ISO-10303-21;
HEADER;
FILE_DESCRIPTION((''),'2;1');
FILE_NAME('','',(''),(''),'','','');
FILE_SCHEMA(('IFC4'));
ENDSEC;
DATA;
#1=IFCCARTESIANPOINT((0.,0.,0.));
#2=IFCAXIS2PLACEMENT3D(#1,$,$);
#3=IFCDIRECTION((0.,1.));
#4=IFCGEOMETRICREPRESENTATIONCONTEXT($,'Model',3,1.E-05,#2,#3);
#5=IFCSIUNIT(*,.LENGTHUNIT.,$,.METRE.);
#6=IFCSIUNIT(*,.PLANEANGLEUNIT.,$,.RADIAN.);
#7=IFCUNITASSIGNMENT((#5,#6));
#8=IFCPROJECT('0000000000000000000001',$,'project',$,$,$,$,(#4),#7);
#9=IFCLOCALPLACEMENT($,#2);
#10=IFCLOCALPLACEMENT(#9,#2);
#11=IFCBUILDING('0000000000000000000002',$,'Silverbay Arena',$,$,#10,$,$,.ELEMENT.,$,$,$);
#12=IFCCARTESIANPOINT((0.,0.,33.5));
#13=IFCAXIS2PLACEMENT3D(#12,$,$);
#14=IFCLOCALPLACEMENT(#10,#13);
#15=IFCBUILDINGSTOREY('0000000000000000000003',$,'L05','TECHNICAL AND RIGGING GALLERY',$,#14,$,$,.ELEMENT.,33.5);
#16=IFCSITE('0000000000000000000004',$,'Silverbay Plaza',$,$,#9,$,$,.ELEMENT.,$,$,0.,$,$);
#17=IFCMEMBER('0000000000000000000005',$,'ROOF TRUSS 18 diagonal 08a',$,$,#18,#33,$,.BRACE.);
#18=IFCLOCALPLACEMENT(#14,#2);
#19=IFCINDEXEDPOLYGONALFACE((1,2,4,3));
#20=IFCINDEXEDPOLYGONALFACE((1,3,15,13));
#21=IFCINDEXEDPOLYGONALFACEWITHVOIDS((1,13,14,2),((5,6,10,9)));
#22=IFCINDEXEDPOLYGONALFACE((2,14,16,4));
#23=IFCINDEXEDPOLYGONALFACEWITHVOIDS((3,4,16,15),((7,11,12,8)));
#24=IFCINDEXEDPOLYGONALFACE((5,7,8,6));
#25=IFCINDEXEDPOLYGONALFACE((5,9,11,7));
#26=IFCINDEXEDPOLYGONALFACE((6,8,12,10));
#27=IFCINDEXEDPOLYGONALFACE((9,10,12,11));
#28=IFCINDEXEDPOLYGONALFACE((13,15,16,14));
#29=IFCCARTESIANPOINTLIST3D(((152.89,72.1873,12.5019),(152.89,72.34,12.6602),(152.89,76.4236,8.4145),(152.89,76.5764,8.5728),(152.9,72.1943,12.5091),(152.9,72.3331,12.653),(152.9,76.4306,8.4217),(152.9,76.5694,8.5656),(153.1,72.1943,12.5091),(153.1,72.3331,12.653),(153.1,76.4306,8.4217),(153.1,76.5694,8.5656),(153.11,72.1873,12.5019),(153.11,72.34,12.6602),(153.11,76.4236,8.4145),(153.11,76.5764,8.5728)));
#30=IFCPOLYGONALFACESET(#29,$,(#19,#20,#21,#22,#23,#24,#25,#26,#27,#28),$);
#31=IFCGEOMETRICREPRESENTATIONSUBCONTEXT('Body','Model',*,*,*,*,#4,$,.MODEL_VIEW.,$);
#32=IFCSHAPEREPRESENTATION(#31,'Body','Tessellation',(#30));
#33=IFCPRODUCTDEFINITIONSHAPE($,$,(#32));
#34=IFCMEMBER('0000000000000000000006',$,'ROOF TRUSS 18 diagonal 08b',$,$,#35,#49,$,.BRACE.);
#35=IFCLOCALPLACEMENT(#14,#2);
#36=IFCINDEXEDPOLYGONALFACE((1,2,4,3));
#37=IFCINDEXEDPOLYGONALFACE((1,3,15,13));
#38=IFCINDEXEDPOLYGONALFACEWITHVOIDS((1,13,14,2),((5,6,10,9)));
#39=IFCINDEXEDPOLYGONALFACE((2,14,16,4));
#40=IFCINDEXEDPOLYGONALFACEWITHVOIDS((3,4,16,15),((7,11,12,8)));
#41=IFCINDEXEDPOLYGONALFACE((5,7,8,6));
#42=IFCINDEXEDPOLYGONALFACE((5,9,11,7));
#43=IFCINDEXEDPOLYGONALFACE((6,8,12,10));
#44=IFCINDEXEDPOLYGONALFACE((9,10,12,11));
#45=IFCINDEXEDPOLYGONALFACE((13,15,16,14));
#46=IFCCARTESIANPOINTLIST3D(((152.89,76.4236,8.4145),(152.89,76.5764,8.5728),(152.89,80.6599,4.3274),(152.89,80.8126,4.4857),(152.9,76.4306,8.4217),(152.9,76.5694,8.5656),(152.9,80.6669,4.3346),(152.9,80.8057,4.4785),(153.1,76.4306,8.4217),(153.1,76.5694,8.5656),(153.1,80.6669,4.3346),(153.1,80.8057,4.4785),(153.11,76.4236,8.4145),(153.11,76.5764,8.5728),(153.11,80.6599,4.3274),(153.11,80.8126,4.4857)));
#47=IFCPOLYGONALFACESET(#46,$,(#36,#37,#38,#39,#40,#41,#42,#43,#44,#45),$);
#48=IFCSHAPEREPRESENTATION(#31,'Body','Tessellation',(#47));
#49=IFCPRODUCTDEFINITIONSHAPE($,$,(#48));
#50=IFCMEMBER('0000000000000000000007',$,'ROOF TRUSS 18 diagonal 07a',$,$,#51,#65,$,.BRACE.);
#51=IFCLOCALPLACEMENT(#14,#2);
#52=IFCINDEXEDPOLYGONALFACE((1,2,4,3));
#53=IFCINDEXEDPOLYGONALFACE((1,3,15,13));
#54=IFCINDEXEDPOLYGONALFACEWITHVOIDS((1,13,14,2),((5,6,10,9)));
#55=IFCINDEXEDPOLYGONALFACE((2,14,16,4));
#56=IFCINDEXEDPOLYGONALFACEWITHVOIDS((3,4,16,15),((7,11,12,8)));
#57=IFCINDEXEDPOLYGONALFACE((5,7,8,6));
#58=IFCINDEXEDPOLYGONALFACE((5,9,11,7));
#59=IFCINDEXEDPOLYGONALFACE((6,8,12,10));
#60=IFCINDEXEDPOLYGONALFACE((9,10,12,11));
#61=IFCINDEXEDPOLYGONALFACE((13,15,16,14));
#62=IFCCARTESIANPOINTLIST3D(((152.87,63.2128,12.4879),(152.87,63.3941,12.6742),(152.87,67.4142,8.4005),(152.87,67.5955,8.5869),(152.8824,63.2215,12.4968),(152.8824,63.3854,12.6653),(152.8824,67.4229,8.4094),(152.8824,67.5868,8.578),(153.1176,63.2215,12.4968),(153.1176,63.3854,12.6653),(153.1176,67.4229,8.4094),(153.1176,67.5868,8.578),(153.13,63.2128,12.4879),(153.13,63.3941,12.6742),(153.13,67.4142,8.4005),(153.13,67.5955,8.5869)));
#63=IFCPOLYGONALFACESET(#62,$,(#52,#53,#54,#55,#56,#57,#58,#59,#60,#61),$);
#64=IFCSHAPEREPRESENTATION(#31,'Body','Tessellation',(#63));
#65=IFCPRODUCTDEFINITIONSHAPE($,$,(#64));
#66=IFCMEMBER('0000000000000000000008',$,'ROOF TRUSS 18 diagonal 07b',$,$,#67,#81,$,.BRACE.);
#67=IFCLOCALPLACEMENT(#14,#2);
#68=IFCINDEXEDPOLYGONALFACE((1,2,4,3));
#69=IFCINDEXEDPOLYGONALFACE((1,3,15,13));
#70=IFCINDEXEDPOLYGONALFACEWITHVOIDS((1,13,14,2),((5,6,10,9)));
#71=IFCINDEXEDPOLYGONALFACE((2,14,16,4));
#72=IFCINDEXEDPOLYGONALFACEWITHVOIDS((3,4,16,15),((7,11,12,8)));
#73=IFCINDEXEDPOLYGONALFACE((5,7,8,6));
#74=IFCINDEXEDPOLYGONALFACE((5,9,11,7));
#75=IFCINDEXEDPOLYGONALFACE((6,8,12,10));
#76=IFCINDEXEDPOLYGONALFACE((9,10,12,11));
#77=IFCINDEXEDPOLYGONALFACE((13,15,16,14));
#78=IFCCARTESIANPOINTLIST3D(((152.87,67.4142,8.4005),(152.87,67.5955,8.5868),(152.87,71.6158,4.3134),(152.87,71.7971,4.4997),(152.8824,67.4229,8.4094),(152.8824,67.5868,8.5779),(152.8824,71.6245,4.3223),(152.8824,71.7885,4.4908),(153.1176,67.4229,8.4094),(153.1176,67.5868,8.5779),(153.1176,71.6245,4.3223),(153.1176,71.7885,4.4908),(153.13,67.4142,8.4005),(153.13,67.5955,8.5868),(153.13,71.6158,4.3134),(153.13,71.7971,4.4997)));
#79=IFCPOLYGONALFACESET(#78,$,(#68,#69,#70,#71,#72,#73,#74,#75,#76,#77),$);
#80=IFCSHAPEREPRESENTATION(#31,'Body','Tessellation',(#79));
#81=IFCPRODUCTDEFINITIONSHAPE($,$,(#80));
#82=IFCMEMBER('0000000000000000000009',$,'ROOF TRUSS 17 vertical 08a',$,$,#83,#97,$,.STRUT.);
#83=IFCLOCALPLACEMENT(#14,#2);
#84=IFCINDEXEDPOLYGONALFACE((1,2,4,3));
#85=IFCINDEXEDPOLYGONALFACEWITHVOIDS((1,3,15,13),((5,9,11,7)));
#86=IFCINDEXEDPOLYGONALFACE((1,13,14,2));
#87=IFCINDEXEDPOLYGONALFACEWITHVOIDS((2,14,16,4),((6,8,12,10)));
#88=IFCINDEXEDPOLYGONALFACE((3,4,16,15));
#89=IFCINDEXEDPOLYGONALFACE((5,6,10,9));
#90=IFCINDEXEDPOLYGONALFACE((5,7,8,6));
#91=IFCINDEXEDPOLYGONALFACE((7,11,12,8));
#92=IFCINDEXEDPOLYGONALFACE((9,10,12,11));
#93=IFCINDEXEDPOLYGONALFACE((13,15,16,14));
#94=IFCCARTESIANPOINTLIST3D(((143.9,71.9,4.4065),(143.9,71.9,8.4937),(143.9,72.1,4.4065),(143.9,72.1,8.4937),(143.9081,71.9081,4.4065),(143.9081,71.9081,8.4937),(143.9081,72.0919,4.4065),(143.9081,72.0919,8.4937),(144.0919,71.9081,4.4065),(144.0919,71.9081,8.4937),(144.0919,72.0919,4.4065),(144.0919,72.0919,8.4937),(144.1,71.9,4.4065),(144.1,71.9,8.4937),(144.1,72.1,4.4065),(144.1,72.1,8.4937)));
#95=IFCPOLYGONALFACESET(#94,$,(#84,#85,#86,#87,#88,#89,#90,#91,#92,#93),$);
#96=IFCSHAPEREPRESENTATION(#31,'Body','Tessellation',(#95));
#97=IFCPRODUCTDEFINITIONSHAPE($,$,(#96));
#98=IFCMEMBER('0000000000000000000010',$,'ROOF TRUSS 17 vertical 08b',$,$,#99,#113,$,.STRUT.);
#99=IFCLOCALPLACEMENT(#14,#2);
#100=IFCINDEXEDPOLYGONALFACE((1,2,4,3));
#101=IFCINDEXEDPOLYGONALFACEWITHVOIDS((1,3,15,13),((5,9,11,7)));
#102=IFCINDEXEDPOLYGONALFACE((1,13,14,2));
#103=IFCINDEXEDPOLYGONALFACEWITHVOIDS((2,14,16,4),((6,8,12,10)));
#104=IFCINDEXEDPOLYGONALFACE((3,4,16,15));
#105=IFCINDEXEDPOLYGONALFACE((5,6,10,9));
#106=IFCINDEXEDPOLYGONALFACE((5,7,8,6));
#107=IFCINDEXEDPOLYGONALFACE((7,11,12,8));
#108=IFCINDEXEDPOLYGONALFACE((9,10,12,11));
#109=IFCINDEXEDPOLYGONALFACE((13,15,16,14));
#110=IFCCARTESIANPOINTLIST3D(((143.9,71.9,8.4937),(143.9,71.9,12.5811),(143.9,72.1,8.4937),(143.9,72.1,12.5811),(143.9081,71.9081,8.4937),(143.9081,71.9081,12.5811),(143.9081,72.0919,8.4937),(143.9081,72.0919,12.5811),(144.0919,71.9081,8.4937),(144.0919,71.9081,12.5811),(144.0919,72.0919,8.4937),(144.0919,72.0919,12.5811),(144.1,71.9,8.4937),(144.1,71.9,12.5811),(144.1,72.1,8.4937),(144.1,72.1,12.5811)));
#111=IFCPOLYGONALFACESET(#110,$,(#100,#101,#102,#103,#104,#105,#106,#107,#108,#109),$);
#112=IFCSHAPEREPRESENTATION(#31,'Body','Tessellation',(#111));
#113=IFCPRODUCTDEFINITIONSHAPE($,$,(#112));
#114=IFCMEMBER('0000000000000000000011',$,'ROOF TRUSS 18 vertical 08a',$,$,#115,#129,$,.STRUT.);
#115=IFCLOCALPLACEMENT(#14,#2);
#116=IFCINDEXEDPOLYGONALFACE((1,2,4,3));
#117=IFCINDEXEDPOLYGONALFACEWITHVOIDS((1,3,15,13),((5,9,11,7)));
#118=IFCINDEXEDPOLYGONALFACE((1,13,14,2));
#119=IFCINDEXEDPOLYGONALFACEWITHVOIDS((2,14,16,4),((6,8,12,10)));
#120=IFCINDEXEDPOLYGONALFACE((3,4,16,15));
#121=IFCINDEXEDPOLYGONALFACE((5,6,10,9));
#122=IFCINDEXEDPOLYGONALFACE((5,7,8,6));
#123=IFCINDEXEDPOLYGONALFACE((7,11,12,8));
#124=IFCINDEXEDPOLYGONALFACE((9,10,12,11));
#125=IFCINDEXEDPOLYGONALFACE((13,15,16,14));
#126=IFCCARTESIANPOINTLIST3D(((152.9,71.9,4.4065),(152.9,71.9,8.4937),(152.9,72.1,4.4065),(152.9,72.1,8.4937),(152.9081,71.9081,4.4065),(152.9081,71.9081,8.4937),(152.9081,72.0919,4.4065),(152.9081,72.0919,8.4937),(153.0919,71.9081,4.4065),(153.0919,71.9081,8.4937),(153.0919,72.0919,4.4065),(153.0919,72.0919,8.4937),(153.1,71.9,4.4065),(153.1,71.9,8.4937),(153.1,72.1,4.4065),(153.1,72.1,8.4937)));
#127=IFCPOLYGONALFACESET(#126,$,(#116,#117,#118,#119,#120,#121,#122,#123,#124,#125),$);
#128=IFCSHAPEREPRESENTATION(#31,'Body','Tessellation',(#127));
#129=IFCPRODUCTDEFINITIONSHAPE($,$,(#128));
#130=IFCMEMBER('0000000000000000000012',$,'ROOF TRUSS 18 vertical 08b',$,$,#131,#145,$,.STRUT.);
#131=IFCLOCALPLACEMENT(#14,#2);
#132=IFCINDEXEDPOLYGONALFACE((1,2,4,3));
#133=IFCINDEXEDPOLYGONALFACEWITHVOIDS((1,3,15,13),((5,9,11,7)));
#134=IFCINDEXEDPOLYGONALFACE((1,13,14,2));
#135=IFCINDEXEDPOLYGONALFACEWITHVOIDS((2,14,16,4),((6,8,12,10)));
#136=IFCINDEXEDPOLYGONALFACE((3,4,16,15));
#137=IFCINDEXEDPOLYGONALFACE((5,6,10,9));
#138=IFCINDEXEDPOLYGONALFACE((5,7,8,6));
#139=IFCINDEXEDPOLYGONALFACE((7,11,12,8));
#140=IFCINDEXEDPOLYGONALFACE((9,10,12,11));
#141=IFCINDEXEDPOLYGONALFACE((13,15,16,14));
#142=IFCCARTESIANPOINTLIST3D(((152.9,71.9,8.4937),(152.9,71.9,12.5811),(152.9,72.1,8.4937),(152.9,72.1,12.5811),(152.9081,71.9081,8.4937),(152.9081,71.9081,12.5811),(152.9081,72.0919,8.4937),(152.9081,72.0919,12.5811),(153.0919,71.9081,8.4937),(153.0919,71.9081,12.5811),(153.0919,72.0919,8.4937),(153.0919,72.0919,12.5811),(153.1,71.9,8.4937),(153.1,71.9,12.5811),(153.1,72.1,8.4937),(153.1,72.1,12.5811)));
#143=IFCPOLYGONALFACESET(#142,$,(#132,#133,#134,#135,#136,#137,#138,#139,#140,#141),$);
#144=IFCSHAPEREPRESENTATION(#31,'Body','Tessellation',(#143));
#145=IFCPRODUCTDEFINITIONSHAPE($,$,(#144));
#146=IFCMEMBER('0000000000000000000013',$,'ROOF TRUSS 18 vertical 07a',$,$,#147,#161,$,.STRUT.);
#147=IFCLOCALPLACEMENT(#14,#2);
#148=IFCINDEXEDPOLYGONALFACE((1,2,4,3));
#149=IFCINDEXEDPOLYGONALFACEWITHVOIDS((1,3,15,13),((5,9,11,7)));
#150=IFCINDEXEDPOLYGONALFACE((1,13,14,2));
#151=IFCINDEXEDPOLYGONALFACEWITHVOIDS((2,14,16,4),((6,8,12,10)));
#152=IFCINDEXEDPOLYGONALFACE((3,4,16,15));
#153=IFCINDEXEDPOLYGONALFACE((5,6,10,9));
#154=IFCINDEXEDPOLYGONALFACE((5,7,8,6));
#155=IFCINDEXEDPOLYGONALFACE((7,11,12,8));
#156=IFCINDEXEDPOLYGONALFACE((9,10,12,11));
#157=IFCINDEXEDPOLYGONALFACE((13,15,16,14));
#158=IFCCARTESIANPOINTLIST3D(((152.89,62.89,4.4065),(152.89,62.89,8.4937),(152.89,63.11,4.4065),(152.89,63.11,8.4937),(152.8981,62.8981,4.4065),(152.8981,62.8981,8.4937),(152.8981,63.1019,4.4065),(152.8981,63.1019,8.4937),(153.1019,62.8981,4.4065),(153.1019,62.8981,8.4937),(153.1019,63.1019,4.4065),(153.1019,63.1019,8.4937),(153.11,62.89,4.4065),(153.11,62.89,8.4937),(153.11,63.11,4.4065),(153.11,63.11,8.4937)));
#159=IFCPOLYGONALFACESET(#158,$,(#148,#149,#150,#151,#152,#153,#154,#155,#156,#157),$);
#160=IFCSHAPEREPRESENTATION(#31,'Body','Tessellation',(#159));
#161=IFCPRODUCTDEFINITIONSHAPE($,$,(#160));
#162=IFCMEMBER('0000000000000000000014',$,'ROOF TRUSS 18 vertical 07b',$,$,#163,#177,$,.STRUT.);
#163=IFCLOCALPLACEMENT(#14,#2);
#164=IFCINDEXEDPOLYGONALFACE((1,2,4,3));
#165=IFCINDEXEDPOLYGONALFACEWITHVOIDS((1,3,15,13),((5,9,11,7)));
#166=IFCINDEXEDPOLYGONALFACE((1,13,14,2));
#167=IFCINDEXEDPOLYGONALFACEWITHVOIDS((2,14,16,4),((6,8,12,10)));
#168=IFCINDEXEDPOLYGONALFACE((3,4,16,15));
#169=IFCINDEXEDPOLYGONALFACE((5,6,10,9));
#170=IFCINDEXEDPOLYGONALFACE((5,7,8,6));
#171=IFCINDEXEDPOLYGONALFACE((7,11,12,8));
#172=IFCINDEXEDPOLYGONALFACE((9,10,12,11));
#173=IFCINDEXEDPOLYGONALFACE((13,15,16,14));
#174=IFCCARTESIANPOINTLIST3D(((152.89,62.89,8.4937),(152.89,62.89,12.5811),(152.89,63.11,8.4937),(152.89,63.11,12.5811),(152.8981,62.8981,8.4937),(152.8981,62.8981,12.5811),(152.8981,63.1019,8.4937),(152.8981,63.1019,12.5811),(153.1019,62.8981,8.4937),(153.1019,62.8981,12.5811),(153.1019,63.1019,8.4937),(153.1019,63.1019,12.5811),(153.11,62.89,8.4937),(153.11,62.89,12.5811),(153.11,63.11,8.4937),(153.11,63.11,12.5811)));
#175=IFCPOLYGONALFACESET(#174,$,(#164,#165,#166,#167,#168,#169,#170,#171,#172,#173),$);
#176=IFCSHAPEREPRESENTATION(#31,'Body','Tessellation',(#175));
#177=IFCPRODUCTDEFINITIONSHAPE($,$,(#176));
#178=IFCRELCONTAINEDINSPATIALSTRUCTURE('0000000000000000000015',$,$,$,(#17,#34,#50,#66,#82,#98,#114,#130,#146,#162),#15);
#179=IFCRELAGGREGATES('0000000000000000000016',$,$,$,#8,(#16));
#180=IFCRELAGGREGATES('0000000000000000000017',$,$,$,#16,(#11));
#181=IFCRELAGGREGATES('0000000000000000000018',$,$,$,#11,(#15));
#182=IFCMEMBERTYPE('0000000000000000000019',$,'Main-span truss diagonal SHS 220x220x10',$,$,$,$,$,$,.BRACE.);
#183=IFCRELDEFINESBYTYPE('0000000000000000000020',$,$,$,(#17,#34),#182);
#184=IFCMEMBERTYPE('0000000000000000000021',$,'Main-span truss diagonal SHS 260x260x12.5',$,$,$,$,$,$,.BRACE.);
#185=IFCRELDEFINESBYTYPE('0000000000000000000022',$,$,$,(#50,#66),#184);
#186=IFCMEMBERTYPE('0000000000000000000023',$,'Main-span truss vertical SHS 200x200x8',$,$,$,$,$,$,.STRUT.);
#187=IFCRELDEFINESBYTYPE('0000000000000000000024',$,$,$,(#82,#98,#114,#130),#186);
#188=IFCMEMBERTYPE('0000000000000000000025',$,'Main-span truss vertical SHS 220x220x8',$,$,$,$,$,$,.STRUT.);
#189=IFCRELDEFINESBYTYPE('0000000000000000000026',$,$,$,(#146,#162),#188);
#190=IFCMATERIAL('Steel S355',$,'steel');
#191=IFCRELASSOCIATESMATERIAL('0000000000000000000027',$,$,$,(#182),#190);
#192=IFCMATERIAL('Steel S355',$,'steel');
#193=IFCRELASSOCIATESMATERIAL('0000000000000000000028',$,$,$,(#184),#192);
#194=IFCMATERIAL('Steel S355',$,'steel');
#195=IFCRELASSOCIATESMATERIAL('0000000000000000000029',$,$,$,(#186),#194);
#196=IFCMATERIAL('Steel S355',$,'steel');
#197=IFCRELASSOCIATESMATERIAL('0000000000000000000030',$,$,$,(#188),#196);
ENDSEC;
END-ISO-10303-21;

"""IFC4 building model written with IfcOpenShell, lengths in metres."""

from ifc_helpers import new_model, si_unit, direction, frame, origin, origin_2d, place, context, subcontext, project, spatial, hollow_rectangle, extrude, material, material_profile, profile_set, type_object, element, save


model = new_model("IFC4")

# Units and contexts
model_context = context("Model", 3, precision=1e-05, world=origin(), true_north=direction((0.0, 1.0)))
body_context = subcontext(model_context, "Body", "Model", "MODEL_VIEW")
ifc_project = project(units=[si_unit("LENGTHUNIT", "METRE"), si_unit("PLANEANGLEUNIT", "RADIAN")], contexts=[model_context])

# Site, building, storey
site_placement = place(None, origin())
site = spatial("IfcSite", under=ifc_project, at=site_placement, Name="Silverbay Plaza", CompositionType="ELEMENT", RefElevation=0.0)
building_placement = place(site_placement, origin())
building = spatial("IfcBuilding", under=site, at=building_placement, Name="Silverbay Arena", CompositionType="ELEMENT")
storey_placement = place(building_placement, frame((0.0, 0.0, 33.5)))
storey = spatial("IfcBuildingStorey", under=building, at=storey_placement, Name="L05", Description="TECHNICAL AND RIGGING GALLERY", CompositionType="ELEMENT", Elevation=33.5)

# Members
ifc_material_1 = material(Name="Steel S355", Category="steel")
ifc_material_profile_1 = material_profile(ifc_material_1, hollow_rectangle(XDim=0.22, YDim=0.22, WallThickness=0.01, at=origin_2d()), Name="SHS 220x220x10")
ifc_profile_set_1 = profile_set([ifc_material_profile_1], Name="Steel S355")
member_type_1 = type_object("IfcMemberType", Name="Main-span truss diagonal SHS 220x220x10", PredefinedType="BRACE", material=ifc_profile_set_1)
member_1_placement = place(storey_placement, frame((153.0, 72.2637, 12.5811), z_axis=(0.0, 0.719643, -0.694344), x_axis=(-1.0, 0.0, 0.0)))
element("IfcMember", 1, at=member_1_placement, inside=storey, type_object=member_type_1, Name="ROOF TRUSS 18 diagonal 08a", PredefinedType="BRACE", context=body_context, shape_type="SweptSolid", body=[
    extrude(hollow_rectangle(XDim=0.22, YDim=0.22, WallThickness=0.01, at=origin_2d()), origin(), (0.0, 0.0, 1.0), 5.8867),
])
member_2_placement = place(storey_placement, frame((153.0, 76.5, 8.4937), z_axis=(0.0, 0.719664, -0.694323), x_axis=(-1.0, 0.0, 0.0)))
element("IfcMember", 2, at=member_2_placement, inside=storey, type_object=member_type_1, Name="ROOF TRUSS 18 diagonal 08b", PredefinedType="BRACE", context=body_context, shape_type="SweptSolid", body=[
    extrude(hollow_rectangle(XDim=0.22, YDim=0.22, WallThickness=0.01, at=origin_2d()), origin(), (0.0, 0.0, 1.0), 5.8865),
])
ifc_material_2 = material(Name="Steel S355", Category="steel")
ifc_material_profile_2 = material_profile(ifc_material_2, hollow_rectangle(XDim=0.26, YDim=0.26, WallThickness=0.0125, at=origin_2d()), Name="SHS 260x260x12.5")
ifc_profile_set_2 = profile_set([ifc_material_profile_2], Name="Steel S355")
member_type_2 = type_object("IfcMemberType", Name="Main-span truss diagonal SHS 260x260x12.5", PredefinedType="BRACE", material=ifc_profile_set_2)
for number, where, z_axis, x_axis, name in (
    (3, (153.0, 63.3035, 12.5811), (0.0, 0.716765, -0.697314), (-1.0, 0.0, 0.0), "ROOF TRUSS 18 diagonal 07a"),
    (4, (153.0, 67.5049, 8.4937), (0.0, 0.716806, -0.697272), (-1.0, 0.0, 0.0), "ROOF TRUSS 18 diagonal 07b"),
):
    element("IfcMember", number, at=place(storey_placement, frame(where, z_axis=z_axis, x_axis=x_axis)), inside=storey, type_object=member_type_2, Name=name, PredefinedType="BRACE", context=body_context, shape_type="SweptSolid", body=[
        extrude(hollow_rectangle(XDim=0.26, YDim=0.26, WallThickness=0.0125, at=origin_2d()), origin(), (0.0, 0.0, 1.0), 5.8616),
    ])
ifc_material_3 = material(Name="Steel S355", Category="steel")
ifc_material_profile_3 = material_profile(ifc_material_3, hollow_rectangle(XDim=0.2, YDim=0.2, WallThickness=0.0081, at=origin_2d()), Name="SHS 200x200x8")
ifc_profile_set_3 = profile_set([ifc_material_profile_3], Name="Steel S355")
member_type_3 = type_object("IfcMemberType", Name="Main-span truss vertical SHS 200x200x8", PredefinedType="STRUT", material=ifc_profile_set_3)
member_3_placement = place(storey_placement, frame((144.0, 72.0, 4.4065), z_axis=(0.0, 0.0, 1.0), x_axis=(1.0, 0.0, 0.0)))
element("IfcMember", 5, at=member_3_placement, inside=storey, type_object=member_type_3, Name="ROOF TRUSS 17 vertical 08a", PredefinedType="STRUT", context=body_context, shape_type="SweptSolid", body=[
    extrude(hollow_rectangle(XDim=0.2, YDim=0.2, WallThickness=0.0081, at=origin_2d()), origin(), (0.0, 0.0, 1.0), 4.0872),
])
member_4_placement = place(storey_placement, frame((144.0, 72.0, 8.4937), z_axis=(0.0, 0.0, 1.0), x_axis=(1.0, 0.0, 0.0)))
element("IfcMember", 6, at=member_4_placement, inside=storey, type_object=member_type_3, Name="ROOF TRUSS 17 vertical 08b", PredefinedType="STRUT", context=body_context, shape_type="SweptSolid", body=[
    extrude(hollow_rectangle(XDim=0.2, YDim=0.2, WallThickness=0.0081, at=origin_2d()), origin(), (0.0, 0.0, 1.0), 4.0874),
])
member_5_placement = place(storey_placement, frame((153.0, 72.0, 4.4065), z_axis=(0.0, 0.0, 1.0), x_axis=(1.0, 0.0, 0.0)))
element("IfcMember", 7, at=member_5_placement, inside=storey, type_object=member_type_3, Name="ROOF TRUSS 18 vertical 08a", PredefinedType="STRUT", context=body_context, shape_type="SweptSolid", body=[
    extrude(hollow_rectangle(XDim=0.2, YDim=0.2, WallThickness=0.0081, at=origin_2d()), origin(), (0.0, 0.0, 1.0), 4.0872),
])
member_6_placement = place(storey_placement, frame((153.0, 72.0, 8.4937), z_axis=(0.0, 0.0, 1.0), x_axis=(1.0, 0.0, 0.0)))
element("IfcMember", 8, at=member_6_placement, inside=storey, type_object=member_type_3, Name="ROOF TRUSS 18 vertical 08b", PredefinedType="STRUT", context=body_context, shape_type="SweptSolid", body=[
    extrude(hollow_rectangle(XDim=0.2, YDim=0.2, WallThickness=0.0081, at=origin_2d()), origin(), (0.0, 0.0, 1.0), 4.0874),
])
ifc_material_4 = material(Name="Steel S355", Category="steel")
ifc_material_profile_4 = material_profile(ifc_material_4, hollow_rectangle(XDim=0.22, YDim=0.22, WallThickness=0.0081, at=origin_2d()), Name="SHS 220x220x8")
ifc_profile_set_4 = profile_set([ifc_material_profile_4], Name="Steel S355")
member_type_4 = type_object("IfcMemberType", Name="Main-span truss vertical SHS 220x220x8", PredefinedType="STRUT", material=ifc_profile_set_4)
member_7_placement = place(storey_placement, frame((153.0, 63.0, 4.4065), z_axis=(0.0, 0.0, 1.0), x_axis=(1.0, 0.0, 0.0)))
element("IfcMember", 9, at=member_7_placement, inside=storey, type_object=member_type_4, Name="ROOF TRUSS 18 vertical 07a", PredefinedType="STRUT", context=body_context, shape_type="SweptSolid", body=[
    extrude(hollow_rectangle(XDim=0.22, YDim=0.22, WallThickness=0.0081, at=origin_2d()), origin(), (0.0, 0.0, 1.0), 4.0872),
])
member_8_placement = place(storey_placement, frame((153.0, 63.0, 8.4937), z_axis=(0.0, 0.0, 1.0), x_axis=(1.0, 0.0, 0.0)))
element("IfcMember", 10, at=member_8_placement, inside=storey, type_object=member_type_4, Name="ROOF TRUSS 18 vertical 07b", PredefinedType="STRUT", context=body_context, shape_type="SweptSolid", body=[
    extrude(hollow_rectangle(XDim=0.22, YDim=0.22, WallThickness=0.0081, at=origin_2d()), origin(), (0.0, 0.0, 1.0), 4.0874),
])

save(model, "model.ifc")
